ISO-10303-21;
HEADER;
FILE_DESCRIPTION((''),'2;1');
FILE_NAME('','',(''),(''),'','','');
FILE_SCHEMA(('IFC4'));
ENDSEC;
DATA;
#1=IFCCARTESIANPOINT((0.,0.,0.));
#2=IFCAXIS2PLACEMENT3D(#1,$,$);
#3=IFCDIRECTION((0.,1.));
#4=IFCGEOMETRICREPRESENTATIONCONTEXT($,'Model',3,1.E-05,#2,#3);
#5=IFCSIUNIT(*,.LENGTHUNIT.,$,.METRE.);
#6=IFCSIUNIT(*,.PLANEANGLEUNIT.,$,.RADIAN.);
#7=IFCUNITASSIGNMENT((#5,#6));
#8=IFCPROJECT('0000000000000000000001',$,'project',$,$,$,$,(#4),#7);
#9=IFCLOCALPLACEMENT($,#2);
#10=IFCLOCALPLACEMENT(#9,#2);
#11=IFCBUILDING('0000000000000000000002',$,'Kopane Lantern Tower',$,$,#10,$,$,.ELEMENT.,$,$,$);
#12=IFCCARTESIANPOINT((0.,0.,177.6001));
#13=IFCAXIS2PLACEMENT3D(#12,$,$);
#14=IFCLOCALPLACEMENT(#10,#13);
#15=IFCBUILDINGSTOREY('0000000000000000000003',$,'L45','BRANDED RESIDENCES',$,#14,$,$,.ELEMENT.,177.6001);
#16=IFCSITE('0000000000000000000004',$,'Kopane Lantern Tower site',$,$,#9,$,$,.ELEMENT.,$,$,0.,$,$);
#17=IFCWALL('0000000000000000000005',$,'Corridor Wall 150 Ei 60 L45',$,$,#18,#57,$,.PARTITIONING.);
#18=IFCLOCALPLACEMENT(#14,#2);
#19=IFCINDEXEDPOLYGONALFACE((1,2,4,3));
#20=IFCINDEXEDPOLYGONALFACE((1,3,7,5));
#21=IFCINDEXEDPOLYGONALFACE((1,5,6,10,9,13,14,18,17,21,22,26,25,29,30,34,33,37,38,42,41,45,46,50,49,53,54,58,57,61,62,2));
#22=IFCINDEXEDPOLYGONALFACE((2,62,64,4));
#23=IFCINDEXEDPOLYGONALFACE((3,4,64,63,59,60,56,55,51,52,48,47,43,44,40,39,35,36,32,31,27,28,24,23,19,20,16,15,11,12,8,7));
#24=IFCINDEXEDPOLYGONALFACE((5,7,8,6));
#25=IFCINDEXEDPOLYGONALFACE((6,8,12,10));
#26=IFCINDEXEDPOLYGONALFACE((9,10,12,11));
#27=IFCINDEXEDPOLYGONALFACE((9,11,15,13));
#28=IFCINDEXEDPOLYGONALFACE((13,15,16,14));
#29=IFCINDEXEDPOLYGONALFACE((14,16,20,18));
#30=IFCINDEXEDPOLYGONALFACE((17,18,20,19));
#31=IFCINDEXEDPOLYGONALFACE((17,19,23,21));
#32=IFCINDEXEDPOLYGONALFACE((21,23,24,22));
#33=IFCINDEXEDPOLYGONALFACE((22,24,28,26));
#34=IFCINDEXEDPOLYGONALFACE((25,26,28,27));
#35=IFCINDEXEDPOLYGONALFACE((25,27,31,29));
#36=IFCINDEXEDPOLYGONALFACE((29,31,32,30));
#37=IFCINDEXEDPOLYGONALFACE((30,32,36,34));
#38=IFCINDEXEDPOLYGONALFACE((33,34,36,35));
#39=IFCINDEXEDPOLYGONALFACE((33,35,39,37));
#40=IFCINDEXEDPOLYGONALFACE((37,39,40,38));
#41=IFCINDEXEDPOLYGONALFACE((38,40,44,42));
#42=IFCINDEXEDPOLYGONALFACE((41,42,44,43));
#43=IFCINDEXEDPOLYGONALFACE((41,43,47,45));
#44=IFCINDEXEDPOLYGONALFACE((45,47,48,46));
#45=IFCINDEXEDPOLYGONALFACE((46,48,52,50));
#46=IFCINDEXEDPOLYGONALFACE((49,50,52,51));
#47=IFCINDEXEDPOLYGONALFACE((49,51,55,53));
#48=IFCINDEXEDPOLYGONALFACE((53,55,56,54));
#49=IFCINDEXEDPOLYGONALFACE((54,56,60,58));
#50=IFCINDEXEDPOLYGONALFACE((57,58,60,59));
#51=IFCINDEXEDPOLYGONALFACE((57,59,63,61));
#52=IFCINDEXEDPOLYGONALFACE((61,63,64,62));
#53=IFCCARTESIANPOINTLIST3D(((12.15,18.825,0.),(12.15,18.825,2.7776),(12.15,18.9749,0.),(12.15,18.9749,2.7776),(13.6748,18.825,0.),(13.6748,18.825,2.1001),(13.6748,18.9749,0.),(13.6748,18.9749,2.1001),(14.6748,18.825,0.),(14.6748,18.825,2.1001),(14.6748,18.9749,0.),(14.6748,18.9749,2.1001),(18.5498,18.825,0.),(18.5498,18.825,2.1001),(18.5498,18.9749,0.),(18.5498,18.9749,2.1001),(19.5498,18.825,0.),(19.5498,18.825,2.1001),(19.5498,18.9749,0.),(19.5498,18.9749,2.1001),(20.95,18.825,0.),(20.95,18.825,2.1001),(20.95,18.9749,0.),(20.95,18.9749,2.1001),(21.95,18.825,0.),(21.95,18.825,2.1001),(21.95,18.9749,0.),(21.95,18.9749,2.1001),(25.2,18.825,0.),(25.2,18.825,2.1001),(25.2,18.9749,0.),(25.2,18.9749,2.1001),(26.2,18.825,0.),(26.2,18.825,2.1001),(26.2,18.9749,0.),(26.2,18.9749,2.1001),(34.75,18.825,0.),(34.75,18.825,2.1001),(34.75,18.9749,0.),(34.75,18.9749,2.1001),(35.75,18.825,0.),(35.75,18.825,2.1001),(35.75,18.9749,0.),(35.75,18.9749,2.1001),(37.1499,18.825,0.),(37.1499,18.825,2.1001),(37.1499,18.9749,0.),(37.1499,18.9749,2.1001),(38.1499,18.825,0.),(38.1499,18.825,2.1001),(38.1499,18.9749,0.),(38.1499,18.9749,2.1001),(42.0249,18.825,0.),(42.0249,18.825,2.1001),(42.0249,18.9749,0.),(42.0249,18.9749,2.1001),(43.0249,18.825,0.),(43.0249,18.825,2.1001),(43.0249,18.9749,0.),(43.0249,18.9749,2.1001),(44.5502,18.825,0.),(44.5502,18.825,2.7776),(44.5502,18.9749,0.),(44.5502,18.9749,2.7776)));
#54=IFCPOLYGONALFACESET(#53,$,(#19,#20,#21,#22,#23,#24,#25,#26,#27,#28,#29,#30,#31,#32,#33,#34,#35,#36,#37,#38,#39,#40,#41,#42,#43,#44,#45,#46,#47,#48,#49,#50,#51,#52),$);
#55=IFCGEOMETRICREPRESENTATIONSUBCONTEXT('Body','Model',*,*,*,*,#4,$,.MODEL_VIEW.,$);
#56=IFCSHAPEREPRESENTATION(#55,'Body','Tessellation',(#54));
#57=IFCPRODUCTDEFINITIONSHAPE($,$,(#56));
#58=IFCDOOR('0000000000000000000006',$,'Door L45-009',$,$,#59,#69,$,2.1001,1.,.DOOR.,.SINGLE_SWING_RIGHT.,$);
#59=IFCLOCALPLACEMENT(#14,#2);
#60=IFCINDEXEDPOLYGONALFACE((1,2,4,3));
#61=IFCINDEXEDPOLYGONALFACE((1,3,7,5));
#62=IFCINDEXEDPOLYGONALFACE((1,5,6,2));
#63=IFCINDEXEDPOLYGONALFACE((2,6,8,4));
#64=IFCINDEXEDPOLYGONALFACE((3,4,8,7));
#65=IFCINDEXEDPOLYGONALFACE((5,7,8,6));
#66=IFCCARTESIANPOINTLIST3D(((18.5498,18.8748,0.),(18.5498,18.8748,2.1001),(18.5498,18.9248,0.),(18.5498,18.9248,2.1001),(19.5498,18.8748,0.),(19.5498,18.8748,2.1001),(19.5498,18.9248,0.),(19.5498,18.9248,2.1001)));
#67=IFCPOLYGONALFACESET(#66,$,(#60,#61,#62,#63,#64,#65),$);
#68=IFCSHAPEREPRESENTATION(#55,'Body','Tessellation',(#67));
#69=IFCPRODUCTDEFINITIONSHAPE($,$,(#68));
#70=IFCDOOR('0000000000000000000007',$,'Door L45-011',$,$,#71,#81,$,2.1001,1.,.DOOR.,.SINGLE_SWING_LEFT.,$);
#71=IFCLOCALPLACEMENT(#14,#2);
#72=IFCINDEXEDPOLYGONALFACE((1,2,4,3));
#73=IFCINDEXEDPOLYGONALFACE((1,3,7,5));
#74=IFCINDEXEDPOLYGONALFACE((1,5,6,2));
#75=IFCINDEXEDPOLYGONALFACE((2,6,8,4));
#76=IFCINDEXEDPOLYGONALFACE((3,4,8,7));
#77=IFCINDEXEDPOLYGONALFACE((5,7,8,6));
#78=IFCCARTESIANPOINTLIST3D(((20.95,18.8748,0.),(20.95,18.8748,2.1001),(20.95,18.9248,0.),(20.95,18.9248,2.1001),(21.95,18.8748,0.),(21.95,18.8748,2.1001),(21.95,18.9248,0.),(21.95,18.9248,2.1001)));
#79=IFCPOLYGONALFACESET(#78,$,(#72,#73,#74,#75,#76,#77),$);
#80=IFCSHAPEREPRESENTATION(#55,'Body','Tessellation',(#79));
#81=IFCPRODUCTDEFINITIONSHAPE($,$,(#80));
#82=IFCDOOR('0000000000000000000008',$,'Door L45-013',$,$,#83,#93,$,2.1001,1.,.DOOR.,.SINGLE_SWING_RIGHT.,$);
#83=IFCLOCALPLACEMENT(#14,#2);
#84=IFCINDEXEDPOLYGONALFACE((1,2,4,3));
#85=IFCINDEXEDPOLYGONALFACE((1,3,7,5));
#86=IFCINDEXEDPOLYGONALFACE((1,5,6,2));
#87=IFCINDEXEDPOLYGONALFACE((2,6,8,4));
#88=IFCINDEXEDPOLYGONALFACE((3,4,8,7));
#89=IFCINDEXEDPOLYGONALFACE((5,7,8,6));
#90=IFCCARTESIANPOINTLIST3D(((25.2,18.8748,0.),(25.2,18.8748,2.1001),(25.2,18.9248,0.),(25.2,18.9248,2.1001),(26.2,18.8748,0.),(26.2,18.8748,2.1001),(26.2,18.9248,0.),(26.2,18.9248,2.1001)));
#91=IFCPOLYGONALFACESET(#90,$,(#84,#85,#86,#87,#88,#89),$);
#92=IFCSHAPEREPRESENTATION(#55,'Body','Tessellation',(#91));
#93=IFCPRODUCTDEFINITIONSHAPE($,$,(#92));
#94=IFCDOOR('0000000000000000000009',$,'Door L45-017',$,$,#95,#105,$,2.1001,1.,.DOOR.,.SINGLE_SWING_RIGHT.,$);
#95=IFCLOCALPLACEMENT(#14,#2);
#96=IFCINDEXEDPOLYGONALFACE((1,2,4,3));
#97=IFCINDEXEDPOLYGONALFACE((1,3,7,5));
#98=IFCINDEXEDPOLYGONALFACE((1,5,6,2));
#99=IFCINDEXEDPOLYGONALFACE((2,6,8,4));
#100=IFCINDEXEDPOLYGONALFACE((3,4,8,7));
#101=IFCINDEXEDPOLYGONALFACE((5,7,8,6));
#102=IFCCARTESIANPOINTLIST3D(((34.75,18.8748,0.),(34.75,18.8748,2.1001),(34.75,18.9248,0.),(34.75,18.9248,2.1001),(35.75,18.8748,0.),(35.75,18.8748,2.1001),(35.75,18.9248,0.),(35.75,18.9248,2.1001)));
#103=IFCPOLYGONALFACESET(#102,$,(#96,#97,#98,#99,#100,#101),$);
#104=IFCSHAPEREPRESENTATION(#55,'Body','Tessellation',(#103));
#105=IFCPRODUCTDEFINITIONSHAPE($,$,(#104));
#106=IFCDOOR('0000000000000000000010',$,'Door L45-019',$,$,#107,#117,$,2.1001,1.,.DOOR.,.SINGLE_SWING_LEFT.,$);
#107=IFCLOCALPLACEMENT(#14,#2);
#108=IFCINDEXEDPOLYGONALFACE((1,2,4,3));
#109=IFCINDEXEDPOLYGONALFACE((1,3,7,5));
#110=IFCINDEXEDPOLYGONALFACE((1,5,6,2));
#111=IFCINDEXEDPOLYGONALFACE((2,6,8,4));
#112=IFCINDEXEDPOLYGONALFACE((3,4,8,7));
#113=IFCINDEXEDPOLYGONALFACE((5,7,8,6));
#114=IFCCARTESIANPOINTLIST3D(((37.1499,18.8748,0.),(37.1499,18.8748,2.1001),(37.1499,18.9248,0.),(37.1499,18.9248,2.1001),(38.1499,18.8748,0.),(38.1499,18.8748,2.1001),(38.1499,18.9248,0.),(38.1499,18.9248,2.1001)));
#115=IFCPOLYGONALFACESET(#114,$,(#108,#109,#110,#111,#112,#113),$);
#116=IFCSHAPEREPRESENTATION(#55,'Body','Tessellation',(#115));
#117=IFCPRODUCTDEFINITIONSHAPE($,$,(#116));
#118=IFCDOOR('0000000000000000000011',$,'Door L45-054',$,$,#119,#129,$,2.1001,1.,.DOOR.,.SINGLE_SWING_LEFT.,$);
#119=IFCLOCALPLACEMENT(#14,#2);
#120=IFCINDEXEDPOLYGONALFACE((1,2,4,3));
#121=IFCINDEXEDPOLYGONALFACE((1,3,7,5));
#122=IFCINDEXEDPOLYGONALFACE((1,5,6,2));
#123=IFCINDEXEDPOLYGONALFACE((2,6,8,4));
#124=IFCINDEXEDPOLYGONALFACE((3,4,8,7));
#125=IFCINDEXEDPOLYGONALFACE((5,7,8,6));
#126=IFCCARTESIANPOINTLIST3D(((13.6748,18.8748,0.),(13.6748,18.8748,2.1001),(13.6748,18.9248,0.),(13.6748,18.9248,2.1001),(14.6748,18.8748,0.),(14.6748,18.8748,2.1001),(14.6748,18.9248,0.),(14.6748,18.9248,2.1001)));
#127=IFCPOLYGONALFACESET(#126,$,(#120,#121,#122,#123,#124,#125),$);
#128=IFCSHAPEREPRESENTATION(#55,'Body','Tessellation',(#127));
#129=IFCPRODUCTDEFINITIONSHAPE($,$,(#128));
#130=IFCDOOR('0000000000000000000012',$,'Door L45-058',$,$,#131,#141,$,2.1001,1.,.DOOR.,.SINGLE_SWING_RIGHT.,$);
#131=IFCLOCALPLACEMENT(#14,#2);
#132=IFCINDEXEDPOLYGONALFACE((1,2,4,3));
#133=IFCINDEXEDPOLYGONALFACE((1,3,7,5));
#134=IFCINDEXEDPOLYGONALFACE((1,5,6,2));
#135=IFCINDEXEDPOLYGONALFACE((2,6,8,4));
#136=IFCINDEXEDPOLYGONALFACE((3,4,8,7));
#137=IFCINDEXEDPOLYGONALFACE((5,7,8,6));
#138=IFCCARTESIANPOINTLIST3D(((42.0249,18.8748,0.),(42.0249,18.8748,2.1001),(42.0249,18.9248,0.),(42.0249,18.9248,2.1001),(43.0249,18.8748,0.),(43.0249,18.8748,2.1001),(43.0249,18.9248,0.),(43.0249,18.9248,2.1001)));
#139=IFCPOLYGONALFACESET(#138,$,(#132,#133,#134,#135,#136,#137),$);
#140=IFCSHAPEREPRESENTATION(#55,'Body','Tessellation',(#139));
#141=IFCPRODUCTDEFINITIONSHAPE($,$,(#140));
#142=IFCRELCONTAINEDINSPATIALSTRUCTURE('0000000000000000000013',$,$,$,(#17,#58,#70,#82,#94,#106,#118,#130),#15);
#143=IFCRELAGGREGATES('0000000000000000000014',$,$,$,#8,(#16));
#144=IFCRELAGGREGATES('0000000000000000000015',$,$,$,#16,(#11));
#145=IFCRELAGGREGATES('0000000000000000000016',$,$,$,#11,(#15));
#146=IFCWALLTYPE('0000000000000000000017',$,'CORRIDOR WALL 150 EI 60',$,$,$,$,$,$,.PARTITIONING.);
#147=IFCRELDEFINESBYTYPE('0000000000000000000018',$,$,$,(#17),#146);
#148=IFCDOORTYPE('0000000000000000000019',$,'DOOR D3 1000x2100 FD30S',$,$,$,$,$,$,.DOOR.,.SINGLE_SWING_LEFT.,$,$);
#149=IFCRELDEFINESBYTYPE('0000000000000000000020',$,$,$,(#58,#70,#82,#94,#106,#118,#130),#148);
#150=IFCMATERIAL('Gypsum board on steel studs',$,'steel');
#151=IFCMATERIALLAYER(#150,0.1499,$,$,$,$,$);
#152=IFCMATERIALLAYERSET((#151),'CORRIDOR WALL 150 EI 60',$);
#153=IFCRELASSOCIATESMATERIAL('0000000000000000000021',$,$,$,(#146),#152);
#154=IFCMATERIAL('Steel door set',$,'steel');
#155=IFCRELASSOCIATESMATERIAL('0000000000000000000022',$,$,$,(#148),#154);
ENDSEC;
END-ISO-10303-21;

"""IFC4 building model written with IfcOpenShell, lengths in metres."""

from ifc_helpers import new_model, si_unit, direction, frame, frame_2d, origin, place, context, subcontext, project, spatial, rectangle, extrude, material, layer, layer_set, type_object, element, fill, save


model = new_model("IFC4")

# Units and contexts
model_context = context("Model", 3, precision=1e-05, world=origin(), true_north=direction((0.0, 1.0)))
body_context = subcontext(model_context, "Body", "Model", "MODEL_VIEW")
ifc_project = project(units=[si_unit("LENGTHUNIT", "METRE"), si_unit("PLANEANGLEUNIT", "RADIAN")], contexts=[model_context])

# Site, building, storey
site_placement = place(None, origin())
site = spatial("IfcSite", under=ifc_project, at=site_placement, Name="Kopane Lantern Tower site", CompositionType="ELEMENT", RefElevation=0.0)
building_placement = place(site_placement, origin())
building = spatial("IfcBuilding", under=site, at=building_placement, Name="Kopane Lantern Tower", CompositionType="ELEMENT")
storey_placement = place(building_placement, frame((0.0, 0.0, 177.6001)))
storey = spatial("IfcBuildingStorey", under=building, at=storey_placement, Name="L45", Description="BRANDED RESIDENCES", CompositionType="ELEMENT", Elevation=177.6001)

# Wall, openings, doors
ifc_material_1 = material(Name="Gypsum board on steel studs", Category="steel")
ifc_layer_1 = layer(ifc_material_1, 0.1499)
ifc_layer_set_1 = layer_set([ifc_layer_1], Name="CORRIDOR WALL 150 EI 60")
wall_type_1 = type_object("IfcWallType", Name="CORRIDOR WALL 150 EI 60", PredefinedType="PARTITIONING", material=ifc_layer_set_1)
wall_1_placement = place(storey_placement, frame((12.1499, 18.8999, 0.0), z_axis=(0.0, 0.0, 1.0), x_axis=(1.0, 0.0, 0.0)))
wall_1 = element("IfcWall", 1, at=wall_1_placement, inside=storey, type_object=wall_type_1, Name="Corridor Wall 150 Ei 60 L45", PredefinedType="PARTITIONING", context=body_context, shape_type="SweptSolid", body=[
    extrude(rectangle(XDim=32.4001, YDim=0.1499, at=frame_2d((16.2002, 0.0))), origin(), (0.0, 0.0, 1.0), 2.7776),
])
opening_1_placement = place(wall_1_placement, frame((6.3999, 0.0, 0.0)))
opening_1 = element("IfcOpeningElement", 2, at=opening_1_placement, cuts=wall_1, PredefinedType="OPENING", context=body_context, shape_type="SweptSolid", body=[
    extrude(rectangle(XDim=1.0, YDim=2.1001, at=frame_2d((0.5, 1.05))), frame((0.0, 0.085, 0.0), z_axis=(0.0, -1.0, 0.0), x_axis=(1.0, 0.0, 0.0)), (0.0, 0.0, 1.0), 0.1699),
])
opening_2_placement = place(wall_1_placement, frame((8.8, 0.0, 0.0)))
opening_2 = element("IfcOpeningElement", 3, at=opening_2_placement, cuts=wall_1, PredefinedType="OPENING", context=body_context, shape_type="SweptSolid", body=[
    extrude(rectangle(XDim=1.0, YDim=2.1001, at=frame_2d((0.5, 1.05))), frame((0.0, 0.085, 0.0), z_axis=(0.0, -1.0, 0.0), x_axis=(1.0, 0.0, 0.0)), (0.0, 0.0, 1.0), 0.1699),
])
opening_3_placement = place(wall_1_placement, frame((13.05, 0.0, 0.0)))
opening_3 = element("IfcOpeningElement", 4, at=opening_3_placement, cuts=wall_1, PredefinedType="OPENING", context=body_context, shape_type="SweptSolid", body=[
    extrude(rectangle(XDim=1.0, YDim=2.1001, at=frame_2d((0.5, 1.05))), frame((0.0, 0.085, 0.0), z_axis=(0.0, -1.0, 0.0), x_axis=(1.0, 0.0, 0.0)), (0.0, 0.0, 1.0), 0.1699),
])
opening_4_placement = place(wall_1_placement, frame((22.6001, 0.0, 0.0)))
opening_4 = element("IfcOpeningElement", 5, at=opening_4_placement, cuts=wall_1, PredefinedType="OPENING", context=body_context, shape_type="SweptSolid", body=[
    extrude(rectangle(XDim=1.0, YDim=2.1001, at=frame_2d((0.5, 1.05))), frame((0.0, 0.085, 0.0), z_axis=(0.0, -1.0, 0.0), x_axis=(1.0, 0.0, 0.0)), (0.0, 0.0, 1.0), 0.1699),
])
opening_5_placement = place(wall_1_placement, frame((25.0, 0.0, 0.0)))
opening_5 = element("IfcOpeningElement", 6, at=opening_5_placement, cuts=wall_1, PredefinedType="OPENING", context=body_context, shape_type="SweptSolid", body=[
    extrude(rectangle(XDim=1.0, YDim=2.1001, at=frame_2d((0.5, 1.05))), frame((0.0, 0.085, 0.0), z_axis=(0.0, -1.0, 0.0), x_axis=(1.0, 0.0, 0.0)), (0.0, 0.0, 1.0), 0.1699),
])
opening_6_placement = place(wall_1_placement, frame((1.5249, 0.0, 0.0)))
opening_6 = element("IfcOpeningElement", 7, at=opening_6_placement, cuts=wall_1, PredefinedType="OPENING", context=body_context, shape_type="SweptSolid", body=[
    extrude(rectangle(XDim=1.0, YDim=2.1001, at=frame_2d((0.5, 1.05))), frame((0.0, 0.085, 0.0), z_axis=(0.0, -1.0, 0.0), x_axis=(1.0, 0.0, 0.0)), (0.0, 0.0, 1.0), 0.1699),
])
opening_7_placement = place(wall_1_placement, frame((29.875, 0.0, 0.0)))
opening_7 = element("IfcOpeningElement", 8, at=opening_7_placement, cuts=wall_1, PredefinedType="OPENING", context=body_context, shape_type="SweptSolid", body=[
    extrude(rectangle(XDim=1.0, YDim=2.1001, at=frame_2d((0.5, 1.05))), frame((0.0, 0.085, 0.0), z_axis=(0.0, -1.0, 0.0), x_axis=(1.0, 0.0, 0.0)), (0.0, 0.0, 1.0), 0.1699),
])
ifc_material_2 = material(Name="Steel door set", Category="steel")
door_type_1 = type_object("IfcDoorType", Name="DOOR D3 1000x2100 FD30S", OperationType="SINGLE_SWING_LEFT", PredefinedType="DOOR", material=ifc_material_2)
door_1_placement = place(opening_1_placement, origin())
door_1 = element("IfcDoor", 9, at=door_1_placement, inside=storey, type_object=door_type_1, Name="Door L45-009", OperationType="SINGLE_SWING_RIGHT", OverallHeight=2.1001, OverallWidth=1.0, PredefinedType="DOOR", context=body_context, shape_type="SweptSolid", body=[
    extrude(rectangle(XDim=1.0, YDim=2.1001, at=frame_2d((0.5, 1.05))), frame((0.0, 0.0249, 0.0), z_axis=(0.0, -1.0, 0.0), x_axis=(1.0, 0.0, 0.0)), (0.0, 0.0, 1.0), 0.05),
])
fill(opening_1, door_1)
door_2_placement = place(opening_2_placement, origin())
door_2 = element("IfcDoor", 10, at=door_2_placement, inside=storey, type_object=door_type_1, Name="Door L45-011", OperationType="SINGLE_SWING_LEFT", OverallHeight=2.1001, OverallWidth=1.0, PredefinedType="DOOR", context=body_context, shape_type="SweptSolid", body=[
    extrude(rectangle(XDim=1.0, YDim=2.1001, at=frame_2d((0.5, 1.05))), frame((0.0, 0.0249, 0.0), z_axis=(0.0, -1.0, 0.0), x_axis=(1.0, 0.0, 0.0)), (0.0, 0.0, 1.0), 0.05),
])
fill(opening_2, door_2)
door_3_placement = place(opening_3_placement, origin())
door_3 = element("IfcDoor", 11, at=door_3_placement, inside=storey, type_object=door_type_1, Name="Door L45-013", OperationType="SINGLE_SWING_RIGHT", OverallHeight=2.1001, OverallWidth=1.0, PredefinedType="DOOR", context=body_context, shape_type="SweptSolid", body=[
    extrude(rectangle(XDim=1.0, YDim=2.1001, at=frame_2d((0.5, 1.05))), frame((0.0, 0.0249, 0.0), z_axis=(0.0, -1.0, 0.0), x_axis=(1.0, 0.0, 0.0)), (0.0, 0.0, 1.0), 0.05),
])
fill(opening_3, door_3)
door_4_placement = place(opening_4_placement, origin())
door_4 = element("IfcDoor", 12, at=door_4_placement, inside=storey, type_object=door_type_1, Name="Door L45-017", OperationType="SINGLE_SWING_RIGHT", OverallHeight=2.1001, OverallWidth=1.0, PredefinedType="DOOR", context=body_context, shape_type="SweptSolid", body=[
    extrude(rectangle(XDim=1.0, YDim=2.1001, at=frame_2d((0.5, 1.05))), frame((0.0, 0.0249, 0.0), z_axis=(0.0, -1.0, 0.0), x_axis=(1.0, 0.0, 0.0)), (0.0, 0.0, 1.0), 0.05),
])
fill(opening_4, door_4)
door_5_placement = place(opening_5_placement, origin())
door_5 = element("IfcDoor", 13, at=door_5_placement, inside=storey, type_object=door_type_1, Name="Door L45-019", OperationType="SINGLE_SWING_LEFT", OverallHeight=2.1001, OverallWidth=1.0, PredefinedType="DOOR", context=body_context, shape_type="SweptSolid", body=[
    extrude(rectangle(XDim=1.0, YDim=2.1001, at=frame_2d((0.5, 1.05))), frame((0.0, 0.0249, 0.0), z_axis=(0.0, -1.0, 0.0), x_axis=(1.0, 0.0, 0.0)), (0.0, 0.0, 1.0), 0.05),
])
fill(opening_5, door_5)
door_6_placement = place(opening_6_placement, origin())
door_6 = element("IfcDoor", 14, at=door_6_placement, inside=storey, type_object=door_type_1, Name="Door L45-054", OperationType="SINGLE_SWING_LEFT", OverallHeight=2.1001, OverallWidth=1.0, PredefinedType="DOOR", context=body_context, shape_type="SweptSolid", body=[
    extrude(rectangle(XDim=1.0, YDim=2.1001, at=frame_2d((0.5, 1.05))), frame((0.0, 0.0249, 0.0), z_axis=(0.0, -1.0, 0.0), x_axis=(1.0, 0.0, 0.0)), (0.0, 0.0, 1.0), 0.05),
])
fill(opening_6, door_6)
door_7_placement = place(opening_7_placement, origin())
door_7 = element("IfcDoor", 15, at=door_7_placement, inside=storey, type_object=door_type_1, Name="Door L45-058", OperationType="SINGLE_SWING_RIGHT", OverallHeight=2.1001, OverallWidth=1.0, PredefinedType="DOOR", context=body_context, shape_type="SweptSolid", body=[
    extrude(rectangle(XDim=1.0, YDim=2.1001, at=frame_2d((0.5, 1.05))), frame((0.0, 0.0249, 0.0), z_axis=(0.0, -1.0, 0.0), x_axis=(1.0, 0.0, 0.0)), (0.0, 0.0, 1.0), 0.05),
])
fill(opening_7, door_7)

save(model, "model.ifc")
